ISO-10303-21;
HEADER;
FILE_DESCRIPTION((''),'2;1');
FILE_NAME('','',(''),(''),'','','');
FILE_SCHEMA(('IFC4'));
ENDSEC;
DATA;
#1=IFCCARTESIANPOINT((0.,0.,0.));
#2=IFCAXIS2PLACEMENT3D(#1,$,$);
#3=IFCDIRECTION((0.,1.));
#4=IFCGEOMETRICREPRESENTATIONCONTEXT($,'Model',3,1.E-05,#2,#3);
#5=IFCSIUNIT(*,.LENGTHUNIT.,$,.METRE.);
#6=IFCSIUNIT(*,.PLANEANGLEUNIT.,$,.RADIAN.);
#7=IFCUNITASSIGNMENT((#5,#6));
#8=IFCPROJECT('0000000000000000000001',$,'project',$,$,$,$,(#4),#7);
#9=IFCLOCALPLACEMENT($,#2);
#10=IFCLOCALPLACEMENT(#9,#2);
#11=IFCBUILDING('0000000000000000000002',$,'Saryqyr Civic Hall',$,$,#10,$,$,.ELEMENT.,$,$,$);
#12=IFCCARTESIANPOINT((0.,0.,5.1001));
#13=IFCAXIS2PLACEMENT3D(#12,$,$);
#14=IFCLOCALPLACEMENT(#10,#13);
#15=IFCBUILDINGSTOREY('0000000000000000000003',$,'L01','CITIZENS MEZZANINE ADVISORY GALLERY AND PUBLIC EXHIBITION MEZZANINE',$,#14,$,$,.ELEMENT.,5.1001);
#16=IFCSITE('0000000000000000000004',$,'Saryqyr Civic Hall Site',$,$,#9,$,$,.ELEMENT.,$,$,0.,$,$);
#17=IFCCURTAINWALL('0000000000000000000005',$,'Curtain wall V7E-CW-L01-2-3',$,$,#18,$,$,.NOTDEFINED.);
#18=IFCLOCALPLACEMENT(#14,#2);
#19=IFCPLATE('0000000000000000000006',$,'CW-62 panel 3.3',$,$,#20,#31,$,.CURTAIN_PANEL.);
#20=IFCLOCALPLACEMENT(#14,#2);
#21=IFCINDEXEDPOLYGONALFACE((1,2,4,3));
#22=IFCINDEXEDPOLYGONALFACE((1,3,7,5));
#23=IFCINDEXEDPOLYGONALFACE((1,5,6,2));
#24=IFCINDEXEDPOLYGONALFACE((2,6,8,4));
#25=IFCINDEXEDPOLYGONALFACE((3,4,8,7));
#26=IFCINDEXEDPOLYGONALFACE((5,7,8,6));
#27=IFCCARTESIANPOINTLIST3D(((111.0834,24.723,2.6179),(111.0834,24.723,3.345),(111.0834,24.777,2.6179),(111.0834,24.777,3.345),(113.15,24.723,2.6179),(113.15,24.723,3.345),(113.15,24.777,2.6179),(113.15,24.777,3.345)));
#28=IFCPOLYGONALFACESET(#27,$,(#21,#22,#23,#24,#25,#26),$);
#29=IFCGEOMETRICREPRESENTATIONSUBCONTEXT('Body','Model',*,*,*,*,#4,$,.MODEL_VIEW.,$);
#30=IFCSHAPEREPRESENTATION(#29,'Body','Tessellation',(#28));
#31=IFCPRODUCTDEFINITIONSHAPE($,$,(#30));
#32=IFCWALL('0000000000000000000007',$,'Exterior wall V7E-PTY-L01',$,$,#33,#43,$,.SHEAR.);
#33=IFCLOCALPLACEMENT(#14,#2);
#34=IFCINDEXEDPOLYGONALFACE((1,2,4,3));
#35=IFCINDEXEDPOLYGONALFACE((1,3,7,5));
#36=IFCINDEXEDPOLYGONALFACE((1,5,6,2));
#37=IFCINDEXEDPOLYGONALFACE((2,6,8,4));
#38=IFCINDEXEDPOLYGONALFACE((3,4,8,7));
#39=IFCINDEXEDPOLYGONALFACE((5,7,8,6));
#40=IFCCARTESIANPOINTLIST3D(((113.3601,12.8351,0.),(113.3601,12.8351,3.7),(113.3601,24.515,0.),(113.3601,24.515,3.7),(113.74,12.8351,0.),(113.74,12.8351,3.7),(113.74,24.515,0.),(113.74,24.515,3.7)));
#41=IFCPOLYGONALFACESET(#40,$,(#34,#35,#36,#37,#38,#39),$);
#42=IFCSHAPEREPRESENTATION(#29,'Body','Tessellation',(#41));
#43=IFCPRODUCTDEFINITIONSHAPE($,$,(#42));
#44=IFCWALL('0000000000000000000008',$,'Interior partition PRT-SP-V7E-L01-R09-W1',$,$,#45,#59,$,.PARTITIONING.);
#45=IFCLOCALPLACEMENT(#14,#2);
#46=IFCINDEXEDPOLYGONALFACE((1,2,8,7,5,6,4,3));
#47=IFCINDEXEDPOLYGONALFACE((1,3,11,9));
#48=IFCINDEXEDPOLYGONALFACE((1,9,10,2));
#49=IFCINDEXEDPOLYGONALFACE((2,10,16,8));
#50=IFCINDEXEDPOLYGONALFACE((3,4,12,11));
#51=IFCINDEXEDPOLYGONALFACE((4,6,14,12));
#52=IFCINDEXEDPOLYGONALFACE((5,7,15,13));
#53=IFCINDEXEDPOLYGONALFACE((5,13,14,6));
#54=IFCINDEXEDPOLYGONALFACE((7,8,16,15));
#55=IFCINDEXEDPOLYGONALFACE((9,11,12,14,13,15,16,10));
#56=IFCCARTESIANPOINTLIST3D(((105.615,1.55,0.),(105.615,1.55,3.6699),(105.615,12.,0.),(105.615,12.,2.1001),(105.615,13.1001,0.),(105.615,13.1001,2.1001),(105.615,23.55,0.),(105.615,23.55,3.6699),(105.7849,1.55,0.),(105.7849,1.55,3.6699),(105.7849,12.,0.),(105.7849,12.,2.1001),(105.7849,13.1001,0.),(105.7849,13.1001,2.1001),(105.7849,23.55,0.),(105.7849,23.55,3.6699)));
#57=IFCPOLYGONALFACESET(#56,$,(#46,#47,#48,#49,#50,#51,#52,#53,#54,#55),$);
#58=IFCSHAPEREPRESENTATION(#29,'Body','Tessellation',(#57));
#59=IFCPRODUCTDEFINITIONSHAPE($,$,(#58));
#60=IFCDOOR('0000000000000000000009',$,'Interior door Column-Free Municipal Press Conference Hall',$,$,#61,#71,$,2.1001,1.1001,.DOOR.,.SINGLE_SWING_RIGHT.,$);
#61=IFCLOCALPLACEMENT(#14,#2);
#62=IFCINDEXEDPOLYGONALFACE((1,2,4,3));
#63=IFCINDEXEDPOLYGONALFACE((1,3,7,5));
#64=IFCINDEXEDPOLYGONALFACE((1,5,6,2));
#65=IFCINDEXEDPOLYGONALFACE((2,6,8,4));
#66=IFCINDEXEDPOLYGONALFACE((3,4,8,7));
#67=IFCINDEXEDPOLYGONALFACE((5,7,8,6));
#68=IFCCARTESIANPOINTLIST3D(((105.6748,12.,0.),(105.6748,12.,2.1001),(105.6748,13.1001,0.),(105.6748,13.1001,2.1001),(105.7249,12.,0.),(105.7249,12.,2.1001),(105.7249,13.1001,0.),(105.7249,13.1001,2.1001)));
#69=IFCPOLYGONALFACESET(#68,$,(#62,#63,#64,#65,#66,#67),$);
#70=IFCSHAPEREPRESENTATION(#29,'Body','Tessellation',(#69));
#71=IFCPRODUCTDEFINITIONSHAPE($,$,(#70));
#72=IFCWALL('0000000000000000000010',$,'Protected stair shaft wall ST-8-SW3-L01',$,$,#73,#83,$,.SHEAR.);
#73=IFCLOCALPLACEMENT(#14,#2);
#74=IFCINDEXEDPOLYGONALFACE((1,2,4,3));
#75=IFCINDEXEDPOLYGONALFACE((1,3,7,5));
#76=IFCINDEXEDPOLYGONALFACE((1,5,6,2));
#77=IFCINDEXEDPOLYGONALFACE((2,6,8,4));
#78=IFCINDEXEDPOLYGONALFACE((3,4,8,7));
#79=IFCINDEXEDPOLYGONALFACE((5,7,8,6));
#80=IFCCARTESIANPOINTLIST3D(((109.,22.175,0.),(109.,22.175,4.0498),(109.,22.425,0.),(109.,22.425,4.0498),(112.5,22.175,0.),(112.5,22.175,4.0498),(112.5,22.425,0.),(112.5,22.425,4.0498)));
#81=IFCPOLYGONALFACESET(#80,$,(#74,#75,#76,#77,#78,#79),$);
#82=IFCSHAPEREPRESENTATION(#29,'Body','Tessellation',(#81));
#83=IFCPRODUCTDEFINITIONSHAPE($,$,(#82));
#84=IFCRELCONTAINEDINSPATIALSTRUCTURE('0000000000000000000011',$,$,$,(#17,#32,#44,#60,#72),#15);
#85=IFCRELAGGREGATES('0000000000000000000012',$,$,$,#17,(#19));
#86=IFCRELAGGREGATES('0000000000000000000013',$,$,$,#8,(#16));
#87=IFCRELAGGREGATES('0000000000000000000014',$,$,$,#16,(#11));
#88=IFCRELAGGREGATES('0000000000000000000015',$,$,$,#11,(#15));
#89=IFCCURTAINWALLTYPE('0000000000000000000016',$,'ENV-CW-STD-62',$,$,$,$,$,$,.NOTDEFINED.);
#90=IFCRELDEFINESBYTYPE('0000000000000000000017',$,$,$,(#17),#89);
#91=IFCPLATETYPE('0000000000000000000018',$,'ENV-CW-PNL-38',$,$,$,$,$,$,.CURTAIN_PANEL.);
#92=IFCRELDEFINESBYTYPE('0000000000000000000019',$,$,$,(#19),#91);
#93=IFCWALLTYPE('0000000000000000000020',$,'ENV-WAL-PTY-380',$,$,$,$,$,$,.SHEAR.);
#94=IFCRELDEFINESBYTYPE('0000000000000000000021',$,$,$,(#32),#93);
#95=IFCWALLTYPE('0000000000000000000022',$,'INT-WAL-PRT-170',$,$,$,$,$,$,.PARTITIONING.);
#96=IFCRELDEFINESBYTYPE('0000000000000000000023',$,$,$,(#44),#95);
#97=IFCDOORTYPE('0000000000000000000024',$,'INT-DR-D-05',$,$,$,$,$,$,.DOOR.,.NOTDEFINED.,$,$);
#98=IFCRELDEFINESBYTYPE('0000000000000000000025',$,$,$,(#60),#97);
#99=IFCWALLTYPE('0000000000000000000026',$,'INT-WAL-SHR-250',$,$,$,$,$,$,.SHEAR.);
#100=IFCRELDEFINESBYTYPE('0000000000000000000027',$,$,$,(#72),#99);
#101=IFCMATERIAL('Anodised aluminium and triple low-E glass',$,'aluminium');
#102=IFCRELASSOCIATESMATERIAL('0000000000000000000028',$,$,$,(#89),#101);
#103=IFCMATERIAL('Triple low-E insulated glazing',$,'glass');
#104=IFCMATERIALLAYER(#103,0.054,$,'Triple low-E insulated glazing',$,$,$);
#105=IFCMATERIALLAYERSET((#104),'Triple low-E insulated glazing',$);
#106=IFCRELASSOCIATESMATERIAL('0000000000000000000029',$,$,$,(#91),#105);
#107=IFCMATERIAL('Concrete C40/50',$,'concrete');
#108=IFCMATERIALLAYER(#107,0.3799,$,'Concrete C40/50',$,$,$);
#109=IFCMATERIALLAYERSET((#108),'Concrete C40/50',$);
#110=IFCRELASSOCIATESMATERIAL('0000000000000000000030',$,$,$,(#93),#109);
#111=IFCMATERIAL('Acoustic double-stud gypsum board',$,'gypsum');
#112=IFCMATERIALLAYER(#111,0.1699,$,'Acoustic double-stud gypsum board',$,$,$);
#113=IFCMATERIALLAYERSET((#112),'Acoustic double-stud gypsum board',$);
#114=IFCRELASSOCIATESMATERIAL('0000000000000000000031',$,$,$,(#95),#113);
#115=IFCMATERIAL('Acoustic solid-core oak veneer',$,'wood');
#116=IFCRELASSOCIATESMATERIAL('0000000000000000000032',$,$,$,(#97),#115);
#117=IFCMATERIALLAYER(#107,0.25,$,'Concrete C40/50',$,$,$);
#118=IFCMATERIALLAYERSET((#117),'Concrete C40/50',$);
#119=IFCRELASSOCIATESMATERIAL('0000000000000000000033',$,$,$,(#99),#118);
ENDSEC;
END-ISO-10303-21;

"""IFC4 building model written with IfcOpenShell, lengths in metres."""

from ifc_helpers import new_model, si_unit, direction, frame, frame_2d, origin, origin_2d, place, context, subcontext, project, spatial, rectangle, extrude, material, layer, layer_set, type_object, element, fill, aggregate, save


model = new_model("IFC4")

# Units and contexts
model_context = context("Model", 3, precision=1e-05, world=origin(), true_north=direction((0.0, 1.0)))
body_context = subcontext(model_context, "Body", "Model", "MODEL_VIEW")
ifc_project = project(units=[si_unit("LENGTHUNIT", "METRE"), si_unit("PLANEANGLEUNIT", "RADIAN")], contexts=[model_context])

# Site, building, storey
site_placement = place(None, origin())
site = spatial("IfcSite", under=ifc_project, at=site_placement, Name="Saryqyr Civic Hall Site", CompositionType="ELEMENT", RefElevation=0.0)
building_placement = place(site_placement, origin())
building = spatial("IfcBuilding", under=site, at=building_placement, Name="Saryqyr Civic Hall", CompositionType="ELEMENT")
storey_placement = place(building_placement, frame((0.0, 0.0, 5.1001)))
storey = spatial("IfcBuildingStorey", under=building, at=storey_placement, Name="L01", Description="CITIZENS MEZZANINE ADVISORY GALLERY AND PUBLIC EXHIBITION MEZZANINE", CompositionType="ELEMENT", Elevation=5.1001)

# Shared definitions
ifc_material_1 = material(Name="Concrete C40/50", Category="concrete")

# Curtain wall
ifc_material_2 = material(Name="Anodised aluminium and triple low-E glass", Category="aluminium")
curtain_wall_type = type_object("IfcCurtainWallType", Name="ENV-CW-STD-62", PredefinedType="NOTDEFINED", material=ifc_material_2)
curtain_wall_placement = place(storey_placement, origin())
curtain_wall = element("IfcCurtainWall", 1, at=curtain_wall_placement, inside=storey, type_object=curtain_wall_type, Name="Curtain wall V7E-CW-L01-2-3", PredefinedType="NOTDEFINED")

# Plate
ifc_material_3 = material(Name="Triple low-E insulated glazing", Category="glass")
ifc_layer_1 = layer(ifc_material_3, 0.054, Name="Triple low-E insulated glazing")
ifc_layer_set_1 = layer_set([ifc_layer_1], Name="Triple low-E insulated glazing")
plate_type = type_object("IfcPlateType", Name="ENV-CW-PNL-38", PredefinedType="CURTAIN_PANEL", material=ifc_layer_set_1)
plate_1_placement = place(storey_placement, frame((112.1167, 24.75, 2.6179), z_axis=(0.0, 0.0, 1.0), x_axis=(1.0, 0.0, 0.0)))
plate_1 = element("IfcPlate", 2, at=plate_1_placement, type_object=plate_type, Name="CW-62 panel 3.3", PredefinedType="CURTAIN_PANEL", context=body_context, shape_type="SweptSolid", body=[
    extrude(rectangle(XDim=2.0667, YDim=0.054, at=origin_2d()), origin(), (0.0, 0.0, 1.0), 0.7271),
])
aggregate(curtain_wall, [plate_1])

# Wall
ifc_layer_2 = layer(ifc_material_1, 0.3799, Name="Concrete C40/50")
ifc_layer_set_2 = layer_set([ifc_layer_2], Name="Concrete C40/50")
wall_type_1 = type_object("IfcWallType", Name="ENV-WAL-PTY-380", PredefinedType="SHEAR", material=ifc_layer_set_2)
wall_1_placement = place(storey_placement, frame((113.55, 24.5149, 0.0), z_axis=(0.0, 0.0, 1.0), x_axis=(0.0, -1.0, 0.0)))
element("IfcWall", 3, at=wall_1_placement, inside=storey, type_object=wall_type_1, Name="Exterior wall V7E-PTY-L01", PredefinedType="SHEAR", context=body_context, shape_type="SweptSolid", body=[
    extrude(rectangle(XDim=11.6799, YDim=0.3799, at=frame_2d((5.8398, 0.0))), origin(), (0.0, 0.0, 1.0), 3.7),
])

# Wall, opening, door
ifc_material_4 = material(Name="Acoustic double-stud gypsum board", Category="gypsum")
ifc_layer_3 = layer(ifc_material_4, 0.1699, Name="Acoustic double-stud gypsum board")
ifc_layer_set_3 = layer_set([ifc_layer_3], Name="Acoustic double-stud gypsum board")
wall_type_2 = type_object("IfcWallType", Name="INT-WAL-PRT-170", PredefinedType="PARTITIONING", material=ifc_layer_set_3)
wall_2_placement = place(storey_placement, frame((105.7, 23.55, 0.0), z_axis=(0.0, 0.0, 1.0), x_axis=(0.0, -1.0, 0.0)))
wall_2 = element("IfcWall", 4, at=wall_2_placement, inside=storey, type_object=wall_type_2, Name="Interior partition PRT-SP-V7E-L01-R09-W1", PredefinedType="PARTITIONING", context=body_context, shape_type="SweptSolid", body=[
    extrude(rectangle(XDim=22.0, YDim=0.1699, at=frame_2d((11.0, 0.0))), origin(), (0.0, 0.0, 1.0), 3.6699),
])
opening_placement = place(wall_2_placement, frame((10.45, 0.0, 0.0)))
opening = element("IfcOpeningElement", 5, at=opening_placement, cuts=wall_2, PredefinedType="OPENING", context=body_context, shape_type="SweptSolid", body=[
    extrude(rectangle(XDim=1.1001, YDim=2.1001, at=frame_2d((0.55, 1.05))), frame((0.0, 0.095, 0.0), z_axis=(0.0, -1.0, 0.0), x_axis=(1.0, 0.0, 0.0)), (0.0, 0.0, 1.0), 0.1899),
])
ifc_material_5 = material(Name="Acoustic solid-core oak veneer", Category="wood")
door_type = type_object("IfcDoorType", Name="INT-DR-D-05", OperationType="NOTDEFINED", PredefinedType="DOOR", material=ifc_material_5)
door_placement = place(opening_placement, origin())
door = element("IfcDoor", 6, at=door_placement, inside=storey, type_object=door_type, Name="Interior door Column-Free Municipal Press Conference Hall", OperationType="SINGLE_SWING_RIGHT", OverallHeight=2.1001, OverallWidth=1.1001, PredefinedType="DOOR", context=body_context, shape_type="SweptSolid", body=[
    extrude(rectangle(XDim=1.1001, YDim=2.1001, at=frame_2d((0.55, 1.05))), frame((0.0, 0.0249, 0.0), z_axis=(0.0, -1.0, 0.0), x_axis=(1.0, 0.0, 0.0)), (0.0, 0.0, 1.0), 0.05),
])
fill(opening, door)

# Wall
ifc_layer_4 = layer(ifc_material_1, 0.25, Name="Concrete C40/50")
ifc_layer_set_4 = layer_set([ifc_layer_4], Name="Concrete C40/50")
wall_type_3 = type_object("IfcWallType", Name="INT-WAL-SHR-250", PredefinedType="SHEAR", material=ifc_layer_set_4)
wall_3_placement = place(storey_placement, frame((109.0, 22.3, 0.0), z_axis=(0.0, 0.0, 1.0), x_axis=(1.0, 0.0, 0.0)))
element("IfcWall", 7, at=wall_3_placement, inside=storey, type_object=wall_type_3, Name="Protected stair shaft wall ST-8-SW3-L01", PredefinedType="SHEAR", context=body_context, shape_type="SweptSolid", body=[
    extrude(rectangle(XDim=3.5, YDim=0.25, at=frame_2d((1.75, 0.0))), origin(), (0.0, 0.0, 1.0), 4.0498),
])

save(model, "model.ifc")
